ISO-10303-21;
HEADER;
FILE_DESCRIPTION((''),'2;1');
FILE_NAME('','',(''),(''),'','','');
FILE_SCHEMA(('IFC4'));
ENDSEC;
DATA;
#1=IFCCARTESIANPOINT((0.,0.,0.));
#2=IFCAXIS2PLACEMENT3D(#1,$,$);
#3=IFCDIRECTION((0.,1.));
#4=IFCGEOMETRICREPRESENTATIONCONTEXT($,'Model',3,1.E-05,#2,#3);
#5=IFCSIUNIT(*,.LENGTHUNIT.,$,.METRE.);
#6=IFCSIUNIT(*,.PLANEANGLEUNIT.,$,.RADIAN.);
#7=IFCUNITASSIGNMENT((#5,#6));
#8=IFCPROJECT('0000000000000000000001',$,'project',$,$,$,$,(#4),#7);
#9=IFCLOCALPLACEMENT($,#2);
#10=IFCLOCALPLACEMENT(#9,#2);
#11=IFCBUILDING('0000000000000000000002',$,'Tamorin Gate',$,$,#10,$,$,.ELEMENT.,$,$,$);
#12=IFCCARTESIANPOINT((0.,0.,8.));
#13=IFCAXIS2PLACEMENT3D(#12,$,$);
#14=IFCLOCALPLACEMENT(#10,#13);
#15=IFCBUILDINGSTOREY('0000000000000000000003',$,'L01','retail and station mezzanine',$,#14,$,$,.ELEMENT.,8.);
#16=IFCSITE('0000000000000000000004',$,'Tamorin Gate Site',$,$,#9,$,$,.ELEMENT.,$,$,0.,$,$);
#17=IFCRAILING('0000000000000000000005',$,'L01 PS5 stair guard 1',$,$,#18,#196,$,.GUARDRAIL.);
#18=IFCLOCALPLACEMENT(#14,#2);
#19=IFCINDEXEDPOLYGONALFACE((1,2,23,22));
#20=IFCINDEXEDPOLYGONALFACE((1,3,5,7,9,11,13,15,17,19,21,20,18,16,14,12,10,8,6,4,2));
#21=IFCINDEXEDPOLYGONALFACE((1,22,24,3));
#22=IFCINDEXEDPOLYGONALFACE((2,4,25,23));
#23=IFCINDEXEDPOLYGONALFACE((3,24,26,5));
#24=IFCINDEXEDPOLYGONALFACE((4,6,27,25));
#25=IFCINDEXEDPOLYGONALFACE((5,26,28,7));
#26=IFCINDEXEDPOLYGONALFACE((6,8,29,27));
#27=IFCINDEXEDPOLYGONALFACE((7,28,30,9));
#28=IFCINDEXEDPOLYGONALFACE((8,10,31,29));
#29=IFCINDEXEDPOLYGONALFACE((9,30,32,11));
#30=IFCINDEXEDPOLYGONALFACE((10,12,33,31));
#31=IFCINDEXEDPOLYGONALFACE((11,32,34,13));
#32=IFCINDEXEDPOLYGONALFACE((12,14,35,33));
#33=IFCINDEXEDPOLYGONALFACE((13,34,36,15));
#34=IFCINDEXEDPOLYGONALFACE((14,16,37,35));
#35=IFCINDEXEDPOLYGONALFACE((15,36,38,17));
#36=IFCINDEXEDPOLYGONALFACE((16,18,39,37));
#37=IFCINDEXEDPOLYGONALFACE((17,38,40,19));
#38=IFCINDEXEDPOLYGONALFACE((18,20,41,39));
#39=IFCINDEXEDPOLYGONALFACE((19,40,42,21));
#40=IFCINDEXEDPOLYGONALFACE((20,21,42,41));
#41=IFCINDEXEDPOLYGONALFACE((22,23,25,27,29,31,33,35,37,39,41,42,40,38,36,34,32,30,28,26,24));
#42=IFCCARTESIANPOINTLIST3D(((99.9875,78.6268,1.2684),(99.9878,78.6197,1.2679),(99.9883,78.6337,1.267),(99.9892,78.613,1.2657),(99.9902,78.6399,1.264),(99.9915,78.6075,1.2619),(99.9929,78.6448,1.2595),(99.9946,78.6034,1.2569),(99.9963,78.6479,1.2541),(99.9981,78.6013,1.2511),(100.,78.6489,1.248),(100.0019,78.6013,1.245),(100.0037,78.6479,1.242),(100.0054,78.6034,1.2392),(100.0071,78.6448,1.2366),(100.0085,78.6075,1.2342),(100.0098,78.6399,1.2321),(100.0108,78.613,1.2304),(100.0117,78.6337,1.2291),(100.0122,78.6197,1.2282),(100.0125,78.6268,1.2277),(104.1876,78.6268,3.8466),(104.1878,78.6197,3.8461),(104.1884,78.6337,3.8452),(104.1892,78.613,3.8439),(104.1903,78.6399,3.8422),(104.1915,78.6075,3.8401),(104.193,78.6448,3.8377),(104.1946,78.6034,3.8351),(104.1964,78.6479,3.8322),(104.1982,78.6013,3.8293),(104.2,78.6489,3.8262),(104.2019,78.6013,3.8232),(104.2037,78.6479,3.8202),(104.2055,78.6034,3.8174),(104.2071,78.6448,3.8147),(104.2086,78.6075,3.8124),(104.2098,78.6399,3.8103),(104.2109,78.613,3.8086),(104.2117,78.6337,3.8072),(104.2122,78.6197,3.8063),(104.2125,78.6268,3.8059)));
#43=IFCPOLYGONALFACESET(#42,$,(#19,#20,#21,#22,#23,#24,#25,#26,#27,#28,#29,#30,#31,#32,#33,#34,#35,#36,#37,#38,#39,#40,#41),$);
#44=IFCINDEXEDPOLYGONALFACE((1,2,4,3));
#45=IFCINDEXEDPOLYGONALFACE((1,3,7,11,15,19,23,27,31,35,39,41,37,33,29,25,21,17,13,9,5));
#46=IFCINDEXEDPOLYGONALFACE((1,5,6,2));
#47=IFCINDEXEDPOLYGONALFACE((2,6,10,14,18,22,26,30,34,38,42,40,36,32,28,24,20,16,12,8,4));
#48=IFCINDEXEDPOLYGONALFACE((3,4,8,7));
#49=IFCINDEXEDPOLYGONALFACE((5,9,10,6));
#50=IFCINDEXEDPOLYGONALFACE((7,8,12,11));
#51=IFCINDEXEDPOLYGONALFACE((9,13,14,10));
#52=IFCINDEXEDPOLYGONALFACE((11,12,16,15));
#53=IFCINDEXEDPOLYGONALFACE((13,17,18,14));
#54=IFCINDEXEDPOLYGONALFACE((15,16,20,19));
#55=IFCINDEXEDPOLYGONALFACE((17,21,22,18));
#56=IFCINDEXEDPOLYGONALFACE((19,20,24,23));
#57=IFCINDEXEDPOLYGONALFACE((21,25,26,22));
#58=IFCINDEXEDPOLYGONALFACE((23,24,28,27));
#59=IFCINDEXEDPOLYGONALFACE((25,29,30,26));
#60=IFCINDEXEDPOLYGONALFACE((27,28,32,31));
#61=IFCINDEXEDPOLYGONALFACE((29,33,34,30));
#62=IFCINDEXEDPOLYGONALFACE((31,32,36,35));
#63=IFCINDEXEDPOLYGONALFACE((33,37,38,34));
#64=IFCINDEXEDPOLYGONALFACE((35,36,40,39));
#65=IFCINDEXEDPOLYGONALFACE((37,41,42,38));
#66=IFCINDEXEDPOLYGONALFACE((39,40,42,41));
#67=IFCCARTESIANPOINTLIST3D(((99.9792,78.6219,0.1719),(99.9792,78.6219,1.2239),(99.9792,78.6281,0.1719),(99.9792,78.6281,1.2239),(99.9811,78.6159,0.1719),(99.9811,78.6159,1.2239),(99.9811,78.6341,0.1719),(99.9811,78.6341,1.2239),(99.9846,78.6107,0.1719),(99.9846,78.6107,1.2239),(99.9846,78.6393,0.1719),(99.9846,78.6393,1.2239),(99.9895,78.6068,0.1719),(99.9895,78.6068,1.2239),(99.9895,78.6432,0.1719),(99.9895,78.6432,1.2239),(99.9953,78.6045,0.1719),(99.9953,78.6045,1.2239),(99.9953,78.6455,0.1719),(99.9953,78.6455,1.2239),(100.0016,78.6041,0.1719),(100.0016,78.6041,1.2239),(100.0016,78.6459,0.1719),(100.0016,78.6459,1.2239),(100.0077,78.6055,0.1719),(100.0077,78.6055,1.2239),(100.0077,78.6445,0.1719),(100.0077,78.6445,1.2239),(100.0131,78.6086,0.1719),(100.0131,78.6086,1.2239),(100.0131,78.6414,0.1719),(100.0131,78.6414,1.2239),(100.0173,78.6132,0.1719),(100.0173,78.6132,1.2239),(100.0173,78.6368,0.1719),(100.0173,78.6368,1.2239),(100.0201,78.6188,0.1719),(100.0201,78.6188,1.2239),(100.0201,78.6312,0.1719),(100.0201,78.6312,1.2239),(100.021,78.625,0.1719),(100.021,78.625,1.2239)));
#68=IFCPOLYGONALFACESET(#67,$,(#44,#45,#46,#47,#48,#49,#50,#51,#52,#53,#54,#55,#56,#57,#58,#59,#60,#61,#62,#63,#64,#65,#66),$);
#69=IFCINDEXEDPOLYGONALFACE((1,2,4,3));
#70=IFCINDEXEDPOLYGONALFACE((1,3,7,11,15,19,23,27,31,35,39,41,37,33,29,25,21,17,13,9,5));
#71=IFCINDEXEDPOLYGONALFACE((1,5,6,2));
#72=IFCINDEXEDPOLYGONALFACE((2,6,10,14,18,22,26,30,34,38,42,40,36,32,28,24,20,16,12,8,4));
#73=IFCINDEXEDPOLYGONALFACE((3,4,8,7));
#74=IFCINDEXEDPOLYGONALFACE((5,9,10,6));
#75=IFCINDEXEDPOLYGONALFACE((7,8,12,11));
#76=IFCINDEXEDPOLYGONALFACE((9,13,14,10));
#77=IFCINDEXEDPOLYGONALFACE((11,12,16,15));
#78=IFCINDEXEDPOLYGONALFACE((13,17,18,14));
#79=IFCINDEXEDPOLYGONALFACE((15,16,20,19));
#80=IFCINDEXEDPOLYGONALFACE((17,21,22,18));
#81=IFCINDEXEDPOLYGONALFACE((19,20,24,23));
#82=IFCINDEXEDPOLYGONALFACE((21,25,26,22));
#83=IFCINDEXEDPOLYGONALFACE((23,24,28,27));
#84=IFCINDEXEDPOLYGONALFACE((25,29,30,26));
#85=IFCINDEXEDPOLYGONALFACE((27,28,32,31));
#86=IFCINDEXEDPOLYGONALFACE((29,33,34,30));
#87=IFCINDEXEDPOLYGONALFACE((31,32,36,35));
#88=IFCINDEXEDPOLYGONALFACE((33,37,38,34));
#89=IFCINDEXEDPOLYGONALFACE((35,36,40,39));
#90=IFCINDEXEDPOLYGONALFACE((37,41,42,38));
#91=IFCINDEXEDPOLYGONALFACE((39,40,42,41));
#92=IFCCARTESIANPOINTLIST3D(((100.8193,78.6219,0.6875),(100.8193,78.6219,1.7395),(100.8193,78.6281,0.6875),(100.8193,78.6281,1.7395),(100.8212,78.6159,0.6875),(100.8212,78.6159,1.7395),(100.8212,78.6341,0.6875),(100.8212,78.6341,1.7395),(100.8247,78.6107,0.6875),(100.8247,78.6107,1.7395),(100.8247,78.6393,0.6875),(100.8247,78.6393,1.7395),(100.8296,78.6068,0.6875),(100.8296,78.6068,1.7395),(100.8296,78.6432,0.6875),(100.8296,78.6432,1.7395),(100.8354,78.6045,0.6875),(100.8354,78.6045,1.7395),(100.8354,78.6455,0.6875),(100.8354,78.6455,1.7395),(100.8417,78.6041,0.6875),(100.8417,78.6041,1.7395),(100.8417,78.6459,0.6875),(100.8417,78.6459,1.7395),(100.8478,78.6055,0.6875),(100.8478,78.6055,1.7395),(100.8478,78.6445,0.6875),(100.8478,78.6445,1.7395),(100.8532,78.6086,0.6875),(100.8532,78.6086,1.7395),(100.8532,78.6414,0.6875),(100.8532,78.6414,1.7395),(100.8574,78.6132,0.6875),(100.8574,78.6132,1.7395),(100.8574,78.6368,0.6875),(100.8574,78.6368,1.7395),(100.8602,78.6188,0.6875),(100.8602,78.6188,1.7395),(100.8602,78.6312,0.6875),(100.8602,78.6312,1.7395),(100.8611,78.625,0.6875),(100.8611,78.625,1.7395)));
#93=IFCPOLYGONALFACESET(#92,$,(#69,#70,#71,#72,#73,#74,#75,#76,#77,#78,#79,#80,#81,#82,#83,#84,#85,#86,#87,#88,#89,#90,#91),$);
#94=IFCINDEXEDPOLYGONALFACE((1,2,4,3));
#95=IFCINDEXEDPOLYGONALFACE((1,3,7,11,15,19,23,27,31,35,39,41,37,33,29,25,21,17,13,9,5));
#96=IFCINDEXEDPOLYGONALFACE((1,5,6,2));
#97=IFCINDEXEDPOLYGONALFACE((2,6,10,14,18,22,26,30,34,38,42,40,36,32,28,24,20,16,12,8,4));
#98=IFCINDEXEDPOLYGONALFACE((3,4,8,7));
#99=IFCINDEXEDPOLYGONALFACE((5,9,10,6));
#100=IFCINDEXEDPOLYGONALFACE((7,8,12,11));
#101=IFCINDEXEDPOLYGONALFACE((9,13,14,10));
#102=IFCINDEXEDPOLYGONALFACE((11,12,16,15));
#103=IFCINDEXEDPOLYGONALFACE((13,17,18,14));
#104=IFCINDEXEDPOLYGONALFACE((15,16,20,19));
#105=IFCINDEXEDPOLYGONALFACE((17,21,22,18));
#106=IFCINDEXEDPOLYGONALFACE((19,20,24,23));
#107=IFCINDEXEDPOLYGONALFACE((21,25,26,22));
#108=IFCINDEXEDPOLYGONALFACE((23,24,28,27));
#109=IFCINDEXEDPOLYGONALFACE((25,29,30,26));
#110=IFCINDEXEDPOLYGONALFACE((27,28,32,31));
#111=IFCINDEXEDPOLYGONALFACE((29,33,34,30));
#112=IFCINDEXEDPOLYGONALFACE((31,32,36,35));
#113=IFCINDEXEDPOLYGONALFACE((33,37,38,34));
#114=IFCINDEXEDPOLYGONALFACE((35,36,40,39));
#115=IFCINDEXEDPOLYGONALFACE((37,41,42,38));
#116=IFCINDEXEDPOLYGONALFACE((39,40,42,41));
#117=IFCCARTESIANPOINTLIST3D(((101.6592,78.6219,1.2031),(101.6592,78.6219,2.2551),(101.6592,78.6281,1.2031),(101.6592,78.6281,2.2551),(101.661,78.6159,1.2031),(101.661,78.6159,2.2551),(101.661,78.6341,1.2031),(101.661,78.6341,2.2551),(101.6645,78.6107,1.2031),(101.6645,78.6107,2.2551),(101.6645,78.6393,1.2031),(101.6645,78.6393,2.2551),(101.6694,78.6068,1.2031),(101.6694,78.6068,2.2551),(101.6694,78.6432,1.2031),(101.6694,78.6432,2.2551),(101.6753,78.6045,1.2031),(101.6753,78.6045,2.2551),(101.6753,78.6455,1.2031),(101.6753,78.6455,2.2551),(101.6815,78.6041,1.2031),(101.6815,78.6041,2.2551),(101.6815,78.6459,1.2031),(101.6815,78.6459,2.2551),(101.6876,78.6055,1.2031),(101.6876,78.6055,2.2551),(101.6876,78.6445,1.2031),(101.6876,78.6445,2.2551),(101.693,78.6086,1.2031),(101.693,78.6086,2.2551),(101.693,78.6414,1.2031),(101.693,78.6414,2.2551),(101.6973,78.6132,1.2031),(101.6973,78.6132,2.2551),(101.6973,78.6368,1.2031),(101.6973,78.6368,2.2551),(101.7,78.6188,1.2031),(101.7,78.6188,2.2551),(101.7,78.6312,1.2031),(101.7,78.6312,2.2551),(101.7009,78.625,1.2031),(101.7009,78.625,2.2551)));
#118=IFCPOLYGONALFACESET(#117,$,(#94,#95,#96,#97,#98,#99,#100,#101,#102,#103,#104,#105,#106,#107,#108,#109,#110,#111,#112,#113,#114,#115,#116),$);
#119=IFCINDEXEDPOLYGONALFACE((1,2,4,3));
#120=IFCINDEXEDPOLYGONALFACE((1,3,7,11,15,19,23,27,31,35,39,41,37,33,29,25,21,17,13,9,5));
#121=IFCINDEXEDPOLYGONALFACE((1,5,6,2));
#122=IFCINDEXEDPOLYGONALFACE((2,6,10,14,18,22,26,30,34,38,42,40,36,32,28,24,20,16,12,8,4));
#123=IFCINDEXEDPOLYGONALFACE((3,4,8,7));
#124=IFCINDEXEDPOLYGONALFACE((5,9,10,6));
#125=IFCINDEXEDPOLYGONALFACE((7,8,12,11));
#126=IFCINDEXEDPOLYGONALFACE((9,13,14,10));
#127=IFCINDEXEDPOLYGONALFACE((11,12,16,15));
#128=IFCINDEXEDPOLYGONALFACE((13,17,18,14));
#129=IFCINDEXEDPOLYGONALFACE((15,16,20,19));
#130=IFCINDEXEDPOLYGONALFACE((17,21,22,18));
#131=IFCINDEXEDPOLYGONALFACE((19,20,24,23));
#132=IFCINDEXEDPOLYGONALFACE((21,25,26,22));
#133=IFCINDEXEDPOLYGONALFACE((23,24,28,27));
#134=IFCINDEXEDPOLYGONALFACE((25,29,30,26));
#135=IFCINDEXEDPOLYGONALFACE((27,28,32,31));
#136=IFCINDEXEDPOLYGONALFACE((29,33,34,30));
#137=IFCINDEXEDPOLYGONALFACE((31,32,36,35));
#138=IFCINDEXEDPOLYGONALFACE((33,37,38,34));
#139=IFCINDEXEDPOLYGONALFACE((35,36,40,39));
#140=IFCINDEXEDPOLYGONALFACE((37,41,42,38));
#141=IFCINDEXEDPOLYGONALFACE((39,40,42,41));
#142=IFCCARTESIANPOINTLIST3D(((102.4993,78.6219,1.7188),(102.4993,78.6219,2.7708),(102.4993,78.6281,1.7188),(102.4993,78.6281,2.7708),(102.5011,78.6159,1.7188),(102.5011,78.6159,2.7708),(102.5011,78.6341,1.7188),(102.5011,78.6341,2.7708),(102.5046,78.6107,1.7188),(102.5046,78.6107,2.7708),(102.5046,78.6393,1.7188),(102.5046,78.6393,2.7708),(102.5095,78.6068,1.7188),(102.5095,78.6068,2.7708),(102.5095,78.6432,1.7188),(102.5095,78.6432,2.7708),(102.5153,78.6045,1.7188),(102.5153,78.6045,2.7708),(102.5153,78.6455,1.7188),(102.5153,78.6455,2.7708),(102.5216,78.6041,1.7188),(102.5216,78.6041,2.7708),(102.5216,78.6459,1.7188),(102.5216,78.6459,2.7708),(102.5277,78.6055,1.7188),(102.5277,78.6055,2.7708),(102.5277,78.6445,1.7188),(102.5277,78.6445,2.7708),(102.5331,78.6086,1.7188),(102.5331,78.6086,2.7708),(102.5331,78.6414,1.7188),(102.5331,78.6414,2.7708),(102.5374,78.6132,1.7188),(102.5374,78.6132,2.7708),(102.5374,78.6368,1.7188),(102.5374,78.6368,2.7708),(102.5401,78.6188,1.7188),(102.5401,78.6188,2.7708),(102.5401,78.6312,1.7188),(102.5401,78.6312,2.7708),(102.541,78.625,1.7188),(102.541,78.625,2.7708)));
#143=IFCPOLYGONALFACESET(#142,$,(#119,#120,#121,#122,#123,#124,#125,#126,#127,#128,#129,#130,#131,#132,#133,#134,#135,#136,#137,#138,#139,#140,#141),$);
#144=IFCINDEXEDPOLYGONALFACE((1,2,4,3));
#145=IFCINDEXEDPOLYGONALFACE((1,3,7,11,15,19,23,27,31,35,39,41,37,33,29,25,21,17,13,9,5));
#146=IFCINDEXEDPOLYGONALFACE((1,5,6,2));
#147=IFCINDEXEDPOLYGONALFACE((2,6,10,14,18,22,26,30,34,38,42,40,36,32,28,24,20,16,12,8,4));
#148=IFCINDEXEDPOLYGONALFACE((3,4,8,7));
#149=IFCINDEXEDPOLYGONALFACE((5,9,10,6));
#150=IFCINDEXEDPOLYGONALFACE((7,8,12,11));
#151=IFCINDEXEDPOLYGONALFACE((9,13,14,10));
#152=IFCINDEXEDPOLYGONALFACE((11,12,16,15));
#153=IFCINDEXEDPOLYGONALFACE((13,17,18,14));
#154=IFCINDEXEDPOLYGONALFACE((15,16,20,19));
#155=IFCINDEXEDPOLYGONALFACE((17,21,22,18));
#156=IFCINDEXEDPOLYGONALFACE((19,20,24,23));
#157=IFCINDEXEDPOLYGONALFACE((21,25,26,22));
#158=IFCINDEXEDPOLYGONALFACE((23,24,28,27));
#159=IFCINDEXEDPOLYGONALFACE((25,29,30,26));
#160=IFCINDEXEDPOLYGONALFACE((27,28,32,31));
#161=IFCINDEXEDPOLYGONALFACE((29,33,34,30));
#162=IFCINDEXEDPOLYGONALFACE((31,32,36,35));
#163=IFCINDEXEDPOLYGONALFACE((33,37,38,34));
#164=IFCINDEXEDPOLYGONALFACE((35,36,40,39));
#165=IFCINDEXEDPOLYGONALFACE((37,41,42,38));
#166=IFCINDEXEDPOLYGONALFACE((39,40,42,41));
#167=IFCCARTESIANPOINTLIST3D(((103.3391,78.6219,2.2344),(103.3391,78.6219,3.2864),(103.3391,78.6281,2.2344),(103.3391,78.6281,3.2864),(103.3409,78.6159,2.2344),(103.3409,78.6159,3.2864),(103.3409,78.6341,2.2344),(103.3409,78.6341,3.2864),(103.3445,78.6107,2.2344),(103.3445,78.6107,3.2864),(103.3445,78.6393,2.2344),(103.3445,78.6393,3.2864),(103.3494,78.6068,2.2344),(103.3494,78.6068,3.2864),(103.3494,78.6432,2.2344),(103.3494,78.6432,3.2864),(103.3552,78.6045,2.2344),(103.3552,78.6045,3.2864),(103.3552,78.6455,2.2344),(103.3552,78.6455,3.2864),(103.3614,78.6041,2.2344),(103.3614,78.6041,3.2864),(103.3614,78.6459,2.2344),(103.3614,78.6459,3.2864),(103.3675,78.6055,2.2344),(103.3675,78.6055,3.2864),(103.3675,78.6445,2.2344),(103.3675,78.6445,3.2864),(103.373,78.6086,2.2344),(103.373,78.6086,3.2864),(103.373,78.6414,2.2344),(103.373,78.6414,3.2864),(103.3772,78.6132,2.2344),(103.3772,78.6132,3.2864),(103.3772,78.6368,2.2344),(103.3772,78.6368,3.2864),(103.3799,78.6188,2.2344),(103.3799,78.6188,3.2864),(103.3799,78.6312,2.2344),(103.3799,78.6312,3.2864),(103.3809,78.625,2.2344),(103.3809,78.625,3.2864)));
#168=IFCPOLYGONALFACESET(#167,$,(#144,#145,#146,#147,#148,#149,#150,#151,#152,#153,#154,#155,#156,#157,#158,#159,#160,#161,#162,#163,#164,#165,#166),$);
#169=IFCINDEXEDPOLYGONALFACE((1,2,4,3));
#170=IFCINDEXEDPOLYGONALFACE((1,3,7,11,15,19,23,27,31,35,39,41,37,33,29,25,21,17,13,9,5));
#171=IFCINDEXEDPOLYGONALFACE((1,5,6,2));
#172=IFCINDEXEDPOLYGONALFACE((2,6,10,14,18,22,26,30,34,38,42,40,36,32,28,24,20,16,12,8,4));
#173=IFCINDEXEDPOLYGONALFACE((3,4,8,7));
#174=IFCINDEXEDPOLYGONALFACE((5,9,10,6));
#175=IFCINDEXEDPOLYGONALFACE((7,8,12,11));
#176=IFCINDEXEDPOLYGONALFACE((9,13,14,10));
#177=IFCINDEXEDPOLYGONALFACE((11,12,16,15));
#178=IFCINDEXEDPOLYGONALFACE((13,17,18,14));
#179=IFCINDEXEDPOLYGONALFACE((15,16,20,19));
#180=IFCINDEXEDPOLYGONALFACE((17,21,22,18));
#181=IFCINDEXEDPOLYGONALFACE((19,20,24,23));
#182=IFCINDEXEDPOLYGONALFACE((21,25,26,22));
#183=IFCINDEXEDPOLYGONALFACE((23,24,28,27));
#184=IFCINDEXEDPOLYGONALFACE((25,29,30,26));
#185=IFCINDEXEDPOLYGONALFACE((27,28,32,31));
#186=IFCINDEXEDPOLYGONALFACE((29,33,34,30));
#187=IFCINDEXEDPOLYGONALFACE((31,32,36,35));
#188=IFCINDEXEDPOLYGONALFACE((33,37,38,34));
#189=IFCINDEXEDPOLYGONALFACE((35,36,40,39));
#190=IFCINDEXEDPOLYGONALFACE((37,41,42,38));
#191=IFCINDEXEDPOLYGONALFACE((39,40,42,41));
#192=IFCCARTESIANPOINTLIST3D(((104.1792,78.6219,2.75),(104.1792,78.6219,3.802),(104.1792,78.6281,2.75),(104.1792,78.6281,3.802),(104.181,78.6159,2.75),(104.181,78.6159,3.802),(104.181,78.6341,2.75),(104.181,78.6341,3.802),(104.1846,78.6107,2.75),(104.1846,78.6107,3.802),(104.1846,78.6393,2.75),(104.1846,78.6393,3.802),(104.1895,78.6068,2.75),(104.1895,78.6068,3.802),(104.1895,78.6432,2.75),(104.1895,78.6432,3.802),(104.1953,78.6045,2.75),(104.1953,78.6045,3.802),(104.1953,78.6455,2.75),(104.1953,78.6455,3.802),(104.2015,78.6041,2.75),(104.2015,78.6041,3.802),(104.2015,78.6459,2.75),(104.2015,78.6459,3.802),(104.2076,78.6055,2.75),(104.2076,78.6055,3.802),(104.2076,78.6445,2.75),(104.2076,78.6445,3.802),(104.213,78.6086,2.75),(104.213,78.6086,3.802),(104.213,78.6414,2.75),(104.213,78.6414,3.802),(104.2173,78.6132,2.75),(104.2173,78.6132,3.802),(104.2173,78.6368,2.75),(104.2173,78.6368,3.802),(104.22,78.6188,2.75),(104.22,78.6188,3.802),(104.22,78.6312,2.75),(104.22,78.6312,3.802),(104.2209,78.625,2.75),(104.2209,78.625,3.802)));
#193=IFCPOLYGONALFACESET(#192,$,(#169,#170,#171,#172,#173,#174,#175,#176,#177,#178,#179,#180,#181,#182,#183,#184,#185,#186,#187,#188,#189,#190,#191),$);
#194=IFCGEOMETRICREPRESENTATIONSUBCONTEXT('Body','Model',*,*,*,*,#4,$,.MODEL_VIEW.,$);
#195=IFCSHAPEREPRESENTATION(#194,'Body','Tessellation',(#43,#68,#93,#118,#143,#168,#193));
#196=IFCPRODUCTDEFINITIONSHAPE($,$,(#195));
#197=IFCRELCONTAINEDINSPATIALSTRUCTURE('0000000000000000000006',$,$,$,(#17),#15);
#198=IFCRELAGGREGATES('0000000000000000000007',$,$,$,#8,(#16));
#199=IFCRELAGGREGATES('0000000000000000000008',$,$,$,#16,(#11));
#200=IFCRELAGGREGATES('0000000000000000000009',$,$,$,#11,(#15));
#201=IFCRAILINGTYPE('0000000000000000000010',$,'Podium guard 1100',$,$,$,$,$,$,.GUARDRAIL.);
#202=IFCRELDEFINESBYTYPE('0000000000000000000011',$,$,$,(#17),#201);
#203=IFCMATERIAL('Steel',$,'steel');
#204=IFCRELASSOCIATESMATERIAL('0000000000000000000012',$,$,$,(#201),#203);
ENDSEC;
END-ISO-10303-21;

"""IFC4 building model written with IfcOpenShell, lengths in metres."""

from ifc_helpers import new_model, si_unit, direction, frame, origin, origin_2d, place, context, subcontext, project, spatial, circle, extrude, material, type_object, element, save


model = new_model("IFC4")

# Units and contexts
model_context = context("Model", 3, precision=1e-05, world=origin(), true_north=direction((0.0, 1.0)))
body_context = subcontext(model_context, "Body", "Model", "MODEL_VIEW")
ifc_project = project(units=[si_unit("LENGTHUNIT", "METRE"), si_unit("PLANEANGLEUNIT", "RADIAN")], contexts=[model_context])

# Site, building, storey
site_placement = place(None, origin())
site = spatial("IfcSite", under=ifc_project, at=site_placement, Name="Tamorin Gate Site", CompositionType="ELEMENT", RefElevation=0.0)
building_placement = place(site_placement, origin())
building = spatial("IfcBuilding", under=site, at=building_placement, Name="Tamorin Gate", CompositionType="ELEMENT")
storey_placement = place(building_placement, frame((0.0, 0.0, 8.0)))
storey = spatial("IfcBuildingStorey", under=building, at=storey_placement, Name="L01", Description="retail and station mezzanine", CompositionType="ELEMENT", Elevation=8.0)

# Railing
ifc_material_1 = material(Name="Steel", Category="steel")
railing_type_1 = type_object("IfcRailingType", Name="Podium guard 1100", PredefinedType="GUARDRAIL", material=ifc_material_1)
railing_1_placement = place(storey_placement, frame((100.0, 78.625, 0.1719)))
element("IfcRailing", 1, at=railing_1_placement, inside=storey, type_object=railing_type_1, Name="L01 PS5 stair guard 1", PredefinedType="GUARDRAIL", context=body_context, shape_type="SweptSolid", body=[
    extrude(circle(Radius=0.0239, at=origin_2d()), frame((0.0, 0.0, 1.0762), z_axis=(0.852243, 0.0, 0.523146), x_axis=(0.0, 1.0, 0.0)), (0.0, 0.0, 1.0), 4.9282),
    extrude(circle(Radius=0.021, at=origin_2d()), origin(), (0.0, 0.0, 1.0), 1.052),
    extrude(circle(Radius=0.021, at=origin_2d()), frame((0.8401, 0.0, 0.5156)), (0.0, 0.0, 1.0), 1.052),
    extrude(circle(Radius=0.021, at=origin_2d()), frame((1.6799, 0.0, 1.0312)), (0.0, 0.0, 1.0), 1.052),
    extrude(circle(Radius=0.021, at=origin_2d()), frame((2.52, 0.0, 1.5469)), (0.0, 0.0, 1.0), 1.052),
    extrude(circle(Radius=0.021, at=origin_2d()), frame((3.3599, 0.0, 2.0625)), (0.0, 0.0, 1.0), 1.052),
    extrude(circle(Radius=0.021, at=origin_2d()), frame((4.2, 0.0, 2.5781)), (0.0, 0.0, 1.0), 1.052),
])

save(model, "model.ifc")
